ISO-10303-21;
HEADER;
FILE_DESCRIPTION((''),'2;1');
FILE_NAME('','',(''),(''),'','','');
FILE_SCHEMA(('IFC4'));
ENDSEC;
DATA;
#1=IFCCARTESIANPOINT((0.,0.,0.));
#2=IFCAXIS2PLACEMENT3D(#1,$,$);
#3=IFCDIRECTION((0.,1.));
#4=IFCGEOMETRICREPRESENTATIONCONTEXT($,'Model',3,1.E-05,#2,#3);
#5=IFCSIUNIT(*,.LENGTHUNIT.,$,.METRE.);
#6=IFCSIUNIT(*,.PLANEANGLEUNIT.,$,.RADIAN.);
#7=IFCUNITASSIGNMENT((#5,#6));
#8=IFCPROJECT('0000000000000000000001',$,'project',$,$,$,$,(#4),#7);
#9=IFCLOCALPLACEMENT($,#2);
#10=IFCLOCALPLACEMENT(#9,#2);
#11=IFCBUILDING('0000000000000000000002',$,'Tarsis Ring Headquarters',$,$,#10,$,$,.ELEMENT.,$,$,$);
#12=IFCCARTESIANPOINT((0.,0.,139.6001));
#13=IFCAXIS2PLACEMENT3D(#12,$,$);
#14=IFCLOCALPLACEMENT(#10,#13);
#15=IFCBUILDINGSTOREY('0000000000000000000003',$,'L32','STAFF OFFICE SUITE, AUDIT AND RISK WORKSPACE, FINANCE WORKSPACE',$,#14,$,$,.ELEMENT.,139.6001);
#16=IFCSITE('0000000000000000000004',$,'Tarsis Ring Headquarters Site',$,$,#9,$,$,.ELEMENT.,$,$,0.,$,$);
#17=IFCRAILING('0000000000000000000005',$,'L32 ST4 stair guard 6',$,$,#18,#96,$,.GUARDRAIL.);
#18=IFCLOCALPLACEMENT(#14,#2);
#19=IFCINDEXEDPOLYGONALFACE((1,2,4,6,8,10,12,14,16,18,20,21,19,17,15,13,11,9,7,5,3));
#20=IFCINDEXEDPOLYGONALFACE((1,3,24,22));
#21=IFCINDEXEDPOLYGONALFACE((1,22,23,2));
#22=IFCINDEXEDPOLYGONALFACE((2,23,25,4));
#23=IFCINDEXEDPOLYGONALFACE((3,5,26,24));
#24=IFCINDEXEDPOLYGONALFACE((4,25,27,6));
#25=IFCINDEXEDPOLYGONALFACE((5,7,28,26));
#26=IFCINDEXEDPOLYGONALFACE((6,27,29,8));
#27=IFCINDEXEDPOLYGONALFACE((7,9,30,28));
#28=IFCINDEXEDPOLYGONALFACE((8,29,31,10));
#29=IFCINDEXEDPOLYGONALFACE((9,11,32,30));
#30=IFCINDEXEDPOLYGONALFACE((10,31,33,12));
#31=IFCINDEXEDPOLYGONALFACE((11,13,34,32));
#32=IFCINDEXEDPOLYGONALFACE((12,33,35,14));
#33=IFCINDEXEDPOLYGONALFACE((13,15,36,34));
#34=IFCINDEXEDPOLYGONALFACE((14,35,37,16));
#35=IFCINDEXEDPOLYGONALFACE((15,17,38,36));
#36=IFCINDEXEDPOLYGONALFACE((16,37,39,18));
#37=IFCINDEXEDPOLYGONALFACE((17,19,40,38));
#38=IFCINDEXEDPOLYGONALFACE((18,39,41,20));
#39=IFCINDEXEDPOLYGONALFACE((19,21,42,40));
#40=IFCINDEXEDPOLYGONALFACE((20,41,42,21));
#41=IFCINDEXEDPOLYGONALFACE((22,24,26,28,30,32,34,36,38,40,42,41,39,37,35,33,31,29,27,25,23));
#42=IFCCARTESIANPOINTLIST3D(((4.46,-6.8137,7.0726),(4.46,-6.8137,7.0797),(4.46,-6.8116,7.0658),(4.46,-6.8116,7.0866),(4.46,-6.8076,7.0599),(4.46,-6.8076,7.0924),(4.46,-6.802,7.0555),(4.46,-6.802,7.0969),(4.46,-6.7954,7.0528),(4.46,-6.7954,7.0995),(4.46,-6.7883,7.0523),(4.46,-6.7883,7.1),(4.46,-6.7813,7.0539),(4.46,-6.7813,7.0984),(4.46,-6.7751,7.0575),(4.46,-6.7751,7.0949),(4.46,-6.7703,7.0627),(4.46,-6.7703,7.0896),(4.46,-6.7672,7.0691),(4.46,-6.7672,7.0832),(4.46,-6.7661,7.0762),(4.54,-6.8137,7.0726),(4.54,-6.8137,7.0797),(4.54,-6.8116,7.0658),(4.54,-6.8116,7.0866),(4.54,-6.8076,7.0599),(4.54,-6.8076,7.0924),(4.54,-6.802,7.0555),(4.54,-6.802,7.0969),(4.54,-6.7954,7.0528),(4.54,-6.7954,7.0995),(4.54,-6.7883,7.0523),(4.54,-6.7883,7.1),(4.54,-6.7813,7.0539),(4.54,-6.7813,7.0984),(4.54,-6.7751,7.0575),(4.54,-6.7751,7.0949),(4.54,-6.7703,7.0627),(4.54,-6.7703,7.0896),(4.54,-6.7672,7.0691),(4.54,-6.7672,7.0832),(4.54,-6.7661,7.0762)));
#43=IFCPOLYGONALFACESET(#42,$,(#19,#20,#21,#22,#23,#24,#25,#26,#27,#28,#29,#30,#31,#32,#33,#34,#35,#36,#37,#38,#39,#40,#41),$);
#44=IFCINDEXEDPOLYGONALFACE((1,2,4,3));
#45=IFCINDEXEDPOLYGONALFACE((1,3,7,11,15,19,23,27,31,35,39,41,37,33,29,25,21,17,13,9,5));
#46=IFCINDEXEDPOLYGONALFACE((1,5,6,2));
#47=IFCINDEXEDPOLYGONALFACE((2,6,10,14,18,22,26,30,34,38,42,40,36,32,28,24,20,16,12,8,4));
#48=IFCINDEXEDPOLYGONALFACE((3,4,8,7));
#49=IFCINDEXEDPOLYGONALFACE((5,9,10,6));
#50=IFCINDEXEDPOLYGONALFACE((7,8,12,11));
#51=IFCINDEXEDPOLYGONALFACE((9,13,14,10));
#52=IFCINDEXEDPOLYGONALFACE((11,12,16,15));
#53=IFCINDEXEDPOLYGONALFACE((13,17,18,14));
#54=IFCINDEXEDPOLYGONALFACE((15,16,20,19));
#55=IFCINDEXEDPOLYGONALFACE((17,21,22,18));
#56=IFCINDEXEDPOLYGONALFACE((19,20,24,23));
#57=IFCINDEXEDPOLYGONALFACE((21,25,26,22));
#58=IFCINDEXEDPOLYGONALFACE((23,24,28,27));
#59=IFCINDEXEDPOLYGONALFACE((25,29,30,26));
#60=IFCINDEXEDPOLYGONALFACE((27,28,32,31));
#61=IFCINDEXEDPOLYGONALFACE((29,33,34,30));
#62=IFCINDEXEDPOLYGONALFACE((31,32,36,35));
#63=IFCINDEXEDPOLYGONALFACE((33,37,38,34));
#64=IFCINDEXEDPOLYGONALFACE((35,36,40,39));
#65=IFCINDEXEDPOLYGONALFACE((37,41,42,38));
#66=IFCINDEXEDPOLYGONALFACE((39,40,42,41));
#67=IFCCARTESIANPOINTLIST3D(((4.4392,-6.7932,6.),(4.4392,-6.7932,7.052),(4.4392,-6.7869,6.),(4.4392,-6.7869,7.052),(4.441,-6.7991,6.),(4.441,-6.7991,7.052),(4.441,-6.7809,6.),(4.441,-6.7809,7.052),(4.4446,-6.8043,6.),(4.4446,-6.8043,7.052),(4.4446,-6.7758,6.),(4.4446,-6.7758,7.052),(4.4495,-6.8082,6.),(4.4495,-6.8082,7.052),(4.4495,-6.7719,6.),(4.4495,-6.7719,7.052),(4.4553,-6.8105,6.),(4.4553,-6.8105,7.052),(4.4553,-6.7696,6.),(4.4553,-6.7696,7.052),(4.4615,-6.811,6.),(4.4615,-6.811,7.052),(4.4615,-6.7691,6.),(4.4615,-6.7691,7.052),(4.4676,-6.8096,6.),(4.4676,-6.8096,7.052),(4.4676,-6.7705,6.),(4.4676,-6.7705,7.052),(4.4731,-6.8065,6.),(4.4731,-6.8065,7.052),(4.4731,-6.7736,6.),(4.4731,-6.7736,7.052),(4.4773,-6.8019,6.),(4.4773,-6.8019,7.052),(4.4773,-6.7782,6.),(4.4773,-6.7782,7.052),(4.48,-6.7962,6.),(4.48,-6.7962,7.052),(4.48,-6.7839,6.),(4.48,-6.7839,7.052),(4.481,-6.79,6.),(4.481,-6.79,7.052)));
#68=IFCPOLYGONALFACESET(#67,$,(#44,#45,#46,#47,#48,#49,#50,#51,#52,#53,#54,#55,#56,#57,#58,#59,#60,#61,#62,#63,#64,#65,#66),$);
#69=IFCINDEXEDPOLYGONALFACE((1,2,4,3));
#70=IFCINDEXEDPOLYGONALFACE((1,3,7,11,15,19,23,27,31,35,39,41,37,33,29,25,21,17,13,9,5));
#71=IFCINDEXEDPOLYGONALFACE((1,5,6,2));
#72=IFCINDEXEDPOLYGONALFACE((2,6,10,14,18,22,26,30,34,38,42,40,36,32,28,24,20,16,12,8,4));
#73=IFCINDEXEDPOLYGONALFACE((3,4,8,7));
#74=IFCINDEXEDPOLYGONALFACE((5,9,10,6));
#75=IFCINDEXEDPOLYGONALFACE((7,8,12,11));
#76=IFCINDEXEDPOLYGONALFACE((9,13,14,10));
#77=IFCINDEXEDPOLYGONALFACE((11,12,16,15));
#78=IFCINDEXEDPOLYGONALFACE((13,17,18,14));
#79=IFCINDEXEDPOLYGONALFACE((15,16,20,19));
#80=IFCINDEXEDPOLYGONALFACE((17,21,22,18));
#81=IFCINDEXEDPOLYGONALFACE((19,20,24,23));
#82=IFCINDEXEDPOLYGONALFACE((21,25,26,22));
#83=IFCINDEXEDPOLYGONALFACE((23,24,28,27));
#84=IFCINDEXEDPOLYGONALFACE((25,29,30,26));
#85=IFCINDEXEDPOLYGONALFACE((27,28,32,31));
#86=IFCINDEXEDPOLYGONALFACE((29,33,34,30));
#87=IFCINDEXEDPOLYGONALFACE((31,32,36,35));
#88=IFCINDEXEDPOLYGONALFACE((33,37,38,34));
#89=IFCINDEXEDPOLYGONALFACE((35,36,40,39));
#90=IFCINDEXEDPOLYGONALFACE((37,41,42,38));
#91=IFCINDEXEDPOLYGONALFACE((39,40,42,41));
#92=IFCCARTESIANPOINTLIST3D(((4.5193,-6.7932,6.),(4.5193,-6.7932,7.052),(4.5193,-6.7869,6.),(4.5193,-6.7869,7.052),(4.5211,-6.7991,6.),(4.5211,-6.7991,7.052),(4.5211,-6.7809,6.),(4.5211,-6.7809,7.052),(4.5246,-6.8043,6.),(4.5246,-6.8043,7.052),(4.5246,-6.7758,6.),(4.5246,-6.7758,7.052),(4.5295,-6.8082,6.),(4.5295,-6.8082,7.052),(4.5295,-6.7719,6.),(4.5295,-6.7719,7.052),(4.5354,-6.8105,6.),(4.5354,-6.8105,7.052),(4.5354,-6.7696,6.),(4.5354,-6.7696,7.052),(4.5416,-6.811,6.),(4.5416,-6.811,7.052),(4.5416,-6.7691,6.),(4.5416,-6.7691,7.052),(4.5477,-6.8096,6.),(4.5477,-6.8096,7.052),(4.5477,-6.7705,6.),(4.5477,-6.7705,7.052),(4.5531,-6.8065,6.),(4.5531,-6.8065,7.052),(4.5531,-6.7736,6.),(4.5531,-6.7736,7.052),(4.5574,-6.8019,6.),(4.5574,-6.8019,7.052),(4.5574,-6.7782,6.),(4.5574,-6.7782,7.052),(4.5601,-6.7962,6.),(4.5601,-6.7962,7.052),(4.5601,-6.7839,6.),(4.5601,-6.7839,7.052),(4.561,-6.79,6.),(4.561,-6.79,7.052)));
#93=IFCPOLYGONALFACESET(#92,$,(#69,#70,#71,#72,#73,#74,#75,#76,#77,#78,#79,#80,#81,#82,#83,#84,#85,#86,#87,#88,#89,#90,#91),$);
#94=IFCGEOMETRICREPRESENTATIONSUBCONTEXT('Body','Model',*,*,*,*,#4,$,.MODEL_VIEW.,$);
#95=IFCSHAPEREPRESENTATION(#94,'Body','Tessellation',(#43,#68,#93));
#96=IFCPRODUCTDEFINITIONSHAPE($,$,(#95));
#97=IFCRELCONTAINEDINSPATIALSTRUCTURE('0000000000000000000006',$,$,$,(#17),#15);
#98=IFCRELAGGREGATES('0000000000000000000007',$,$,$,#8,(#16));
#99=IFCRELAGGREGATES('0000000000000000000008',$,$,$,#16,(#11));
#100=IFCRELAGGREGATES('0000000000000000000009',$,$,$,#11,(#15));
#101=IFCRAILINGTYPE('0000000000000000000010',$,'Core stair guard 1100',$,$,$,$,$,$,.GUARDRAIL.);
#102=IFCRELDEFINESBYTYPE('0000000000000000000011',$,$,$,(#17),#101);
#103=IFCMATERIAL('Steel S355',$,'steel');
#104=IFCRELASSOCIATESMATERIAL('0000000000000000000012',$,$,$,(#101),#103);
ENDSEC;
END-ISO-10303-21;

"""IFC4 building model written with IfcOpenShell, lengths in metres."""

from ifc_helpers import new_model, si_unit, direction, frame, origin, origin_2d, place, context, subcontext, project, spatial, circle, extrude, material, type_object, element, save


model = new_model("IFC4")

# Units and contexts
model_context = context("Model", 3, precision=1e-05, world=origin(), true_north=direction((0.0, 1.0)))
body_context = subcontext(model_context, "Body", "Model", "MODEL_VIEW")
ifc_project = project(units=[si_unit("LENGTHUNIT", "METRE"), si_unit("PLANEANGLEUNIT", "RADIAN")], contexts=[model_context])

# Site, building, storey
site_placement = place(None, origin())
site = spatial("IfcSite", under=ifc_project, at=site_placement, Name="Tarsis Ring Headquarters Site", CompositionType="ELEMENT", RefElevation=0.0)
building_placement = place(site_placement, origin())
building = spatial("IfcBuilding", under=site, at=building_placement, Name="Tarsis Ring Headquarters", CompositionType="ELEMENT")
storey_placement = place(building_placement, frame((0.0, 0.0, 139.6001)))
storey = spatial("IfcBuildingStorey", under=building, at=storey_placement, Name="L32", Description="STAFF OFFICE SUITE, AUDIT AND RISK WORKSPACE, FINANCE WORKSPACE", CompositionType="ELEMENT", Elevation=139.6001)

# Railing
ifc_material_1 = material(Name="Steel S355", Category="steel")
railing_type_1 = type_object("IfcRailingType", Name="Core stair guard 1100", PredefinedType="GUARDRAIL", material=ifc_material_1)
railing_1_placement = place(storey_placement, frame((4.46, -6.79, 6.0)))
element("IfcRailing", 1, at=railing_1_placement, inside=storey, type_object=railing_type_1, Name="L32 ST4 stair guard 6", PredefinedType="GUARDRAIL", context=body_context, shape_type="SweptSolid", body=[
    extrude(circle(Radius=0.0239, at=origin_2d()), frame((0.0, 0.0, 1.0762), z_axis=(1.0, 0.0, 0.0), x_axis=(0.0, 1.0, 0.0)), (0.0, 0.0, 1.0), 0.0801),
    extrude(circle(Radius=0.021, at=origin_2d()), origin(), (0.0, 0.0, 1.0), 1.052),
    extrude(circle(Radius=0.021, at=origin_2d()), frame((0.0801, 0.0, 0.0)), (0.0, 0.0, 1.0), 1.052),
])

save(model, "model.ifc")
